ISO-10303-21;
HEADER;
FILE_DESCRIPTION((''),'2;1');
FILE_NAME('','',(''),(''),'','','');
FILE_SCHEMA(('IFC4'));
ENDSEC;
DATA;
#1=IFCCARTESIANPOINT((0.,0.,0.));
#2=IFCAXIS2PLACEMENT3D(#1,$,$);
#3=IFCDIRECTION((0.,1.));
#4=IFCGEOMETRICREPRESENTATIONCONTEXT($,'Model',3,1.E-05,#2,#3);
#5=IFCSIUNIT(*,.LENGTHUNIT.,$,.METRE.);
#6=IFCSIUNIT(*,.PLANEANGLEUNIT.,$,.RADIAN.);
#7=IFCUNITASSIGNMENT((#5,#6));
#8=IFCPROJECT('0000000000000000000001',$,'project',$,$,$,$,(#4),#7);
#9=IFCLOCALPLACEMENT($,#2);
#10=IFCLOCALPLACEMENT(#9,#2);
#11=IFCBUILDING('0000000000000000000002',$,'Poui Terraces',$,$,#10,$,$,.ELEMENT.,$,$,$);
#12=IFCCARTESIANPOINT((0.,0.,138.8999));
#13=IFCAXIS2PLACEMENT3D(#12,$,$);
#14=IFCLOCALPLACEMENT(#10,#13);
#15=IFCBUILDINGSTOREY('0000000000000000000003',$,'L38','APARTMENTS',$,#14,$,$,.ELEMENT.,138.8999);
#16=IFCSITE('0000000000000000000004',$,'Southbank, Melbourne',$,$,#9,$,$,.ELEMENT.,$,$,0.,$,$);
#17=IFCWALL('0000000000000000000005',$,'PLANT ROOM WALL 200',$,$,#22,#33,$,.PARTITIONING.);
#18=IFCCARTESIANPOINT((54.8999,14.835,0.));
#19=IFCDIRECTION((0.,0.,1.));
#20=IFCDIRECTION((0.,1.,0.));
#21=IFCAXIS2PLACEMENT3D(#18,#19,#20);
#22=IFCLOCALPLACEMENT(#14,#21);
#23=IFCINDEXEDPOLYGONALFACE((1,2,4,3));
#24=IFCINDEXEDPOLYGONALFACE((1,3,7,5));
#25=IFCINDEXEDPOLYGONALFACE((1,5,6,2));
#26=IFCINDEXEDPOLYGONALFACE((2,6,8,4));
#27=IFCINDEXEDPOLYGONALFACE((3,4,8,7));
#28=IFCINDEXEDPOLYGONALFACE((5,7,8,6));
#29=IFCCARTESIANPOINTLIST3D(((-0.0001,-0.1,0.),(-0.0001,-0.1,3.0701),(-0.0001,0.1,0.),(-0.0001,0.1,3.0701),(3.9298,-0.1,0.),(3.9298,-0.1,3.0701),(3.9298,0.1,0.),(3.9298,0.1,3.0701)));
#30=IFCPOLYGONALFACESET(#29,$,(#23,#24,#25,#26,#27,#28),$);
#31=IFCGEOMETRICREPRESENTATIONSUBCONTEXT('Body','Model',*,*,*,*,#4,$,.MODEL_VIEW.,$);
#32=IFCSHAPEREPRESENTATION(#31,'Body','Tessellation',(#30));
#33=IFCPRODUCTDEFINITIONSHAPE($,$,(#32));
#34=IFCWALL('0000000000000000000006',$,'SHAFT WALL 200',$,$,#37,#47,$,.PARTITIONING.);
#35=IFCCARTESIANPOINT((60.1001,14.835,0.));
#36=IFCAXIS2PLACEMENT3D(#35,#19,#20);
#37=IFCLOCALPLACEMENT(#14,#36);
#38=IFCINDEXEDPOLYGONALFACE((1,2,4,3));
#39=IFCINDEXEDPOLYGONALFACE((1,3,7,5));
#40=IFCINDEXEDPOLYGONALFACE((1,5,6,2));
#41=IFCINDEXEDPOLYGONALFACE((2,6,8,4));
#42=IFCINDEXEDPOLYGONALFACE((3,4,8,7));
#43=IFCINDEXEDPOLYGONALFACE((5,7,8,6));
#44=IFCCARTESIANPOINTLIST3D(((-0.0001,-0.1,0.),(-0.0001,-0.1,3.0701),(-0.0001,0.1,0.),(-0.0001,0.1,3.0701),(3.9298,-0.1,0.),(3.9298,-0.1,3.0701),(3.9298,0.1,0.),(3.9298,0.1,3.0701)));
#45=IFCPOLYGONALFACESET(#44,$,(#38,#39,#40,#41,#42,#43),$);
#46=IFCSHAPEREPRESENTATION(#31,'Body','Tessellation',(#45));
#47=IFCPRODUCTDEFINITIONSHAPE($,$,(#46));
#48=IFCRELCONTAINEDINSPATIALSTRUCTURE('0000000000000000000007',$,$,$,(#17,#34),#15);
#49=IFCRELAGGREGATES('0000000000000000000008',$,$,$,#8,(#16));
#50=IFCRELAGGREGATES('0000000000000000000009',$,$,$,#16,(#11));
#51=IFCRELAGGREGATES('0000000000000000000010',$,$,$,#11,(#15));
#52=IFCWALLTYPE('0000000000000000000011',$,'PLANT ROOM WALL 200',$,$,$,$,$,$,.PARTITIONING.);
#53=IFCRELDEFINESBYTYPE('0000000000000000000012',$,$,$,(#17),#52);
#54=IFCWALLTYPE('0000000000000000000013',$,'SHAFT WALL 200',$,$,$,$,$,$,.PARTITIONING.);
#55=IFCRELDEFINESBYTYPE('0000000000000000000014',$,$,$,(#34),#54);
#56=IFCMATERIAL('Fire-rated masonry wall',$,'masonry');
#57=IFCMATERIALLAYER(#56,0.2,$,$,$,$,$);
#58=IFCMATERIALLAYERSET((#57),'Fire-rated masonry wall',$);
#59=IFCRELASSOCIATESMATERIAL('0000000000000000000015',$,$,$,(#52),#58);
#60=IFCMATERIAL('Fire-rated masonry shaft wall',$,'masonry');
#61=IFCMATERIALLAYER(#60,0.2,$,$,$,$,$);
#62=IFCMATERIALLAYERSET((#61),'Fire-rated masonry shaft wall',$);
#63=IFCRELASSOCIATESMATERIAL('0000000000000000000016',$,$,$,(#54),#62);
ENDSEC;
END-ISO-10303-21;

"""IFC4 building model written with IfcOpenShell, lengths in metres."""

from ifc_helpers import new_model, si_unit, direction, frame, frame_2d, origin, place, context, subcontext, project, spatial, rectangle, extrude, material, layer, layer_set, type_object, element, save


model = new_model("IFC4")

# Units and contexts
model_context = context("Model", 3, precision=1e-05, world=origin(), true_north=direction((0.0, 1.0)))
body_context = subcontext(model_context, "Body", "Model", "MODEL_VIEW")
ifc_project = project(units=[si_unit("LENGTHUNIT", "METRE"), si_unit("PLANEANGLEUNIT", "RADIAN")], contexts=[model_context])

# Site, building, storey
site_placement = place(None, origin())
site = spatial("IfcSite", under=ifc_project, at=site_placement, Name="Southbank, Melbourne", CompositionType="ELEMENT", RefElevation=0.0)
building_placement = place(site_placement, origin())
building = spatial("IfcBuilding", under=site, at=building_placement, Name="Poui Terraces", CompositionType="ELEMENT")
storey_placement = place(building_placement, frame((0.0, 0.0, 138.8999)))
storey = spatial("IfcBuildingStorey", under=building, at=storey_placement, Name="L38", Description="APARTMENTS", CompositionType="ELEMENT", Elevation=138.8999)

# Walls
ifc_material_1 = material(Name="Fire-rated masonry wall", Category="masonry")
ifc_layer_1 = layer(ifc_material_1, 0.2)
ifc_layer_set_1 = layer_set([ifc_layer_1], Name="Fire-rated masonry wall")
wall_type_1 = type_object("IfcWallType", Name="PLANT ROOM WALL 200", PredefinedType="PARTITIONING", material=ifc_layer_set_1)
wall_1_placement = place(storey_placement, frame((54.8999, 14.835, 0.0), z_axis=(0.0, 0.0, 1.0), x_axis=(0.0, 1.0, 0.0)))
element("IfcWall", 1, at=wall_1_placement, inside=storey, type_object=wall_type_1, Name="PLANT ROOM WALL 200", PredefinedType="PARTITIONING", context=body_context, shape_type="SweptSolid", body=[
    extrude(rectangle(XDim=3.9299, YDim=0.2, at=frame_2d((1.9648, 0.0))), origin(), (0.0, 0.0, 1.0), 3.0701),
])
ifc_material_2 = material(Name="Fire-rated masonry shaft wall", Category="masonry")
ifc_layer_2 = layer(ifc_material_2, 0.2)
ifc_layer_set_2 = layer_set([ifc_layer_2], Name="Fire-rated masonry shaft wall")
wall_type_2 = type_object("IfcWallType", Name="SHAFT WALL 200", PredefinedType="PARTITIONING", material=ifc_layer_set_2)
wall_2_placement = place(storey_placement, frame((60.1001, 14.835, 0.0), z_axis=(0.0, 0.0, 1.0), x_axis=(0.0, 1.0, 0.0)))
element("IfcWall", 2, at=wall_2_placement, inside=storey, type_object=wall_type_2, Name="SHAFT WALL 200", PredefinedType="PARTITIONING", context=body_context, shape_type="SweptSolid", body=[
    extrude(rectangle(XDim=3.9299, YDim=0.2, at=frame_2d((1.9648, 0.0))), origin(), (0.0, 0.0, 1.0), 3.0701),
])

save(model, "model.ifc")
